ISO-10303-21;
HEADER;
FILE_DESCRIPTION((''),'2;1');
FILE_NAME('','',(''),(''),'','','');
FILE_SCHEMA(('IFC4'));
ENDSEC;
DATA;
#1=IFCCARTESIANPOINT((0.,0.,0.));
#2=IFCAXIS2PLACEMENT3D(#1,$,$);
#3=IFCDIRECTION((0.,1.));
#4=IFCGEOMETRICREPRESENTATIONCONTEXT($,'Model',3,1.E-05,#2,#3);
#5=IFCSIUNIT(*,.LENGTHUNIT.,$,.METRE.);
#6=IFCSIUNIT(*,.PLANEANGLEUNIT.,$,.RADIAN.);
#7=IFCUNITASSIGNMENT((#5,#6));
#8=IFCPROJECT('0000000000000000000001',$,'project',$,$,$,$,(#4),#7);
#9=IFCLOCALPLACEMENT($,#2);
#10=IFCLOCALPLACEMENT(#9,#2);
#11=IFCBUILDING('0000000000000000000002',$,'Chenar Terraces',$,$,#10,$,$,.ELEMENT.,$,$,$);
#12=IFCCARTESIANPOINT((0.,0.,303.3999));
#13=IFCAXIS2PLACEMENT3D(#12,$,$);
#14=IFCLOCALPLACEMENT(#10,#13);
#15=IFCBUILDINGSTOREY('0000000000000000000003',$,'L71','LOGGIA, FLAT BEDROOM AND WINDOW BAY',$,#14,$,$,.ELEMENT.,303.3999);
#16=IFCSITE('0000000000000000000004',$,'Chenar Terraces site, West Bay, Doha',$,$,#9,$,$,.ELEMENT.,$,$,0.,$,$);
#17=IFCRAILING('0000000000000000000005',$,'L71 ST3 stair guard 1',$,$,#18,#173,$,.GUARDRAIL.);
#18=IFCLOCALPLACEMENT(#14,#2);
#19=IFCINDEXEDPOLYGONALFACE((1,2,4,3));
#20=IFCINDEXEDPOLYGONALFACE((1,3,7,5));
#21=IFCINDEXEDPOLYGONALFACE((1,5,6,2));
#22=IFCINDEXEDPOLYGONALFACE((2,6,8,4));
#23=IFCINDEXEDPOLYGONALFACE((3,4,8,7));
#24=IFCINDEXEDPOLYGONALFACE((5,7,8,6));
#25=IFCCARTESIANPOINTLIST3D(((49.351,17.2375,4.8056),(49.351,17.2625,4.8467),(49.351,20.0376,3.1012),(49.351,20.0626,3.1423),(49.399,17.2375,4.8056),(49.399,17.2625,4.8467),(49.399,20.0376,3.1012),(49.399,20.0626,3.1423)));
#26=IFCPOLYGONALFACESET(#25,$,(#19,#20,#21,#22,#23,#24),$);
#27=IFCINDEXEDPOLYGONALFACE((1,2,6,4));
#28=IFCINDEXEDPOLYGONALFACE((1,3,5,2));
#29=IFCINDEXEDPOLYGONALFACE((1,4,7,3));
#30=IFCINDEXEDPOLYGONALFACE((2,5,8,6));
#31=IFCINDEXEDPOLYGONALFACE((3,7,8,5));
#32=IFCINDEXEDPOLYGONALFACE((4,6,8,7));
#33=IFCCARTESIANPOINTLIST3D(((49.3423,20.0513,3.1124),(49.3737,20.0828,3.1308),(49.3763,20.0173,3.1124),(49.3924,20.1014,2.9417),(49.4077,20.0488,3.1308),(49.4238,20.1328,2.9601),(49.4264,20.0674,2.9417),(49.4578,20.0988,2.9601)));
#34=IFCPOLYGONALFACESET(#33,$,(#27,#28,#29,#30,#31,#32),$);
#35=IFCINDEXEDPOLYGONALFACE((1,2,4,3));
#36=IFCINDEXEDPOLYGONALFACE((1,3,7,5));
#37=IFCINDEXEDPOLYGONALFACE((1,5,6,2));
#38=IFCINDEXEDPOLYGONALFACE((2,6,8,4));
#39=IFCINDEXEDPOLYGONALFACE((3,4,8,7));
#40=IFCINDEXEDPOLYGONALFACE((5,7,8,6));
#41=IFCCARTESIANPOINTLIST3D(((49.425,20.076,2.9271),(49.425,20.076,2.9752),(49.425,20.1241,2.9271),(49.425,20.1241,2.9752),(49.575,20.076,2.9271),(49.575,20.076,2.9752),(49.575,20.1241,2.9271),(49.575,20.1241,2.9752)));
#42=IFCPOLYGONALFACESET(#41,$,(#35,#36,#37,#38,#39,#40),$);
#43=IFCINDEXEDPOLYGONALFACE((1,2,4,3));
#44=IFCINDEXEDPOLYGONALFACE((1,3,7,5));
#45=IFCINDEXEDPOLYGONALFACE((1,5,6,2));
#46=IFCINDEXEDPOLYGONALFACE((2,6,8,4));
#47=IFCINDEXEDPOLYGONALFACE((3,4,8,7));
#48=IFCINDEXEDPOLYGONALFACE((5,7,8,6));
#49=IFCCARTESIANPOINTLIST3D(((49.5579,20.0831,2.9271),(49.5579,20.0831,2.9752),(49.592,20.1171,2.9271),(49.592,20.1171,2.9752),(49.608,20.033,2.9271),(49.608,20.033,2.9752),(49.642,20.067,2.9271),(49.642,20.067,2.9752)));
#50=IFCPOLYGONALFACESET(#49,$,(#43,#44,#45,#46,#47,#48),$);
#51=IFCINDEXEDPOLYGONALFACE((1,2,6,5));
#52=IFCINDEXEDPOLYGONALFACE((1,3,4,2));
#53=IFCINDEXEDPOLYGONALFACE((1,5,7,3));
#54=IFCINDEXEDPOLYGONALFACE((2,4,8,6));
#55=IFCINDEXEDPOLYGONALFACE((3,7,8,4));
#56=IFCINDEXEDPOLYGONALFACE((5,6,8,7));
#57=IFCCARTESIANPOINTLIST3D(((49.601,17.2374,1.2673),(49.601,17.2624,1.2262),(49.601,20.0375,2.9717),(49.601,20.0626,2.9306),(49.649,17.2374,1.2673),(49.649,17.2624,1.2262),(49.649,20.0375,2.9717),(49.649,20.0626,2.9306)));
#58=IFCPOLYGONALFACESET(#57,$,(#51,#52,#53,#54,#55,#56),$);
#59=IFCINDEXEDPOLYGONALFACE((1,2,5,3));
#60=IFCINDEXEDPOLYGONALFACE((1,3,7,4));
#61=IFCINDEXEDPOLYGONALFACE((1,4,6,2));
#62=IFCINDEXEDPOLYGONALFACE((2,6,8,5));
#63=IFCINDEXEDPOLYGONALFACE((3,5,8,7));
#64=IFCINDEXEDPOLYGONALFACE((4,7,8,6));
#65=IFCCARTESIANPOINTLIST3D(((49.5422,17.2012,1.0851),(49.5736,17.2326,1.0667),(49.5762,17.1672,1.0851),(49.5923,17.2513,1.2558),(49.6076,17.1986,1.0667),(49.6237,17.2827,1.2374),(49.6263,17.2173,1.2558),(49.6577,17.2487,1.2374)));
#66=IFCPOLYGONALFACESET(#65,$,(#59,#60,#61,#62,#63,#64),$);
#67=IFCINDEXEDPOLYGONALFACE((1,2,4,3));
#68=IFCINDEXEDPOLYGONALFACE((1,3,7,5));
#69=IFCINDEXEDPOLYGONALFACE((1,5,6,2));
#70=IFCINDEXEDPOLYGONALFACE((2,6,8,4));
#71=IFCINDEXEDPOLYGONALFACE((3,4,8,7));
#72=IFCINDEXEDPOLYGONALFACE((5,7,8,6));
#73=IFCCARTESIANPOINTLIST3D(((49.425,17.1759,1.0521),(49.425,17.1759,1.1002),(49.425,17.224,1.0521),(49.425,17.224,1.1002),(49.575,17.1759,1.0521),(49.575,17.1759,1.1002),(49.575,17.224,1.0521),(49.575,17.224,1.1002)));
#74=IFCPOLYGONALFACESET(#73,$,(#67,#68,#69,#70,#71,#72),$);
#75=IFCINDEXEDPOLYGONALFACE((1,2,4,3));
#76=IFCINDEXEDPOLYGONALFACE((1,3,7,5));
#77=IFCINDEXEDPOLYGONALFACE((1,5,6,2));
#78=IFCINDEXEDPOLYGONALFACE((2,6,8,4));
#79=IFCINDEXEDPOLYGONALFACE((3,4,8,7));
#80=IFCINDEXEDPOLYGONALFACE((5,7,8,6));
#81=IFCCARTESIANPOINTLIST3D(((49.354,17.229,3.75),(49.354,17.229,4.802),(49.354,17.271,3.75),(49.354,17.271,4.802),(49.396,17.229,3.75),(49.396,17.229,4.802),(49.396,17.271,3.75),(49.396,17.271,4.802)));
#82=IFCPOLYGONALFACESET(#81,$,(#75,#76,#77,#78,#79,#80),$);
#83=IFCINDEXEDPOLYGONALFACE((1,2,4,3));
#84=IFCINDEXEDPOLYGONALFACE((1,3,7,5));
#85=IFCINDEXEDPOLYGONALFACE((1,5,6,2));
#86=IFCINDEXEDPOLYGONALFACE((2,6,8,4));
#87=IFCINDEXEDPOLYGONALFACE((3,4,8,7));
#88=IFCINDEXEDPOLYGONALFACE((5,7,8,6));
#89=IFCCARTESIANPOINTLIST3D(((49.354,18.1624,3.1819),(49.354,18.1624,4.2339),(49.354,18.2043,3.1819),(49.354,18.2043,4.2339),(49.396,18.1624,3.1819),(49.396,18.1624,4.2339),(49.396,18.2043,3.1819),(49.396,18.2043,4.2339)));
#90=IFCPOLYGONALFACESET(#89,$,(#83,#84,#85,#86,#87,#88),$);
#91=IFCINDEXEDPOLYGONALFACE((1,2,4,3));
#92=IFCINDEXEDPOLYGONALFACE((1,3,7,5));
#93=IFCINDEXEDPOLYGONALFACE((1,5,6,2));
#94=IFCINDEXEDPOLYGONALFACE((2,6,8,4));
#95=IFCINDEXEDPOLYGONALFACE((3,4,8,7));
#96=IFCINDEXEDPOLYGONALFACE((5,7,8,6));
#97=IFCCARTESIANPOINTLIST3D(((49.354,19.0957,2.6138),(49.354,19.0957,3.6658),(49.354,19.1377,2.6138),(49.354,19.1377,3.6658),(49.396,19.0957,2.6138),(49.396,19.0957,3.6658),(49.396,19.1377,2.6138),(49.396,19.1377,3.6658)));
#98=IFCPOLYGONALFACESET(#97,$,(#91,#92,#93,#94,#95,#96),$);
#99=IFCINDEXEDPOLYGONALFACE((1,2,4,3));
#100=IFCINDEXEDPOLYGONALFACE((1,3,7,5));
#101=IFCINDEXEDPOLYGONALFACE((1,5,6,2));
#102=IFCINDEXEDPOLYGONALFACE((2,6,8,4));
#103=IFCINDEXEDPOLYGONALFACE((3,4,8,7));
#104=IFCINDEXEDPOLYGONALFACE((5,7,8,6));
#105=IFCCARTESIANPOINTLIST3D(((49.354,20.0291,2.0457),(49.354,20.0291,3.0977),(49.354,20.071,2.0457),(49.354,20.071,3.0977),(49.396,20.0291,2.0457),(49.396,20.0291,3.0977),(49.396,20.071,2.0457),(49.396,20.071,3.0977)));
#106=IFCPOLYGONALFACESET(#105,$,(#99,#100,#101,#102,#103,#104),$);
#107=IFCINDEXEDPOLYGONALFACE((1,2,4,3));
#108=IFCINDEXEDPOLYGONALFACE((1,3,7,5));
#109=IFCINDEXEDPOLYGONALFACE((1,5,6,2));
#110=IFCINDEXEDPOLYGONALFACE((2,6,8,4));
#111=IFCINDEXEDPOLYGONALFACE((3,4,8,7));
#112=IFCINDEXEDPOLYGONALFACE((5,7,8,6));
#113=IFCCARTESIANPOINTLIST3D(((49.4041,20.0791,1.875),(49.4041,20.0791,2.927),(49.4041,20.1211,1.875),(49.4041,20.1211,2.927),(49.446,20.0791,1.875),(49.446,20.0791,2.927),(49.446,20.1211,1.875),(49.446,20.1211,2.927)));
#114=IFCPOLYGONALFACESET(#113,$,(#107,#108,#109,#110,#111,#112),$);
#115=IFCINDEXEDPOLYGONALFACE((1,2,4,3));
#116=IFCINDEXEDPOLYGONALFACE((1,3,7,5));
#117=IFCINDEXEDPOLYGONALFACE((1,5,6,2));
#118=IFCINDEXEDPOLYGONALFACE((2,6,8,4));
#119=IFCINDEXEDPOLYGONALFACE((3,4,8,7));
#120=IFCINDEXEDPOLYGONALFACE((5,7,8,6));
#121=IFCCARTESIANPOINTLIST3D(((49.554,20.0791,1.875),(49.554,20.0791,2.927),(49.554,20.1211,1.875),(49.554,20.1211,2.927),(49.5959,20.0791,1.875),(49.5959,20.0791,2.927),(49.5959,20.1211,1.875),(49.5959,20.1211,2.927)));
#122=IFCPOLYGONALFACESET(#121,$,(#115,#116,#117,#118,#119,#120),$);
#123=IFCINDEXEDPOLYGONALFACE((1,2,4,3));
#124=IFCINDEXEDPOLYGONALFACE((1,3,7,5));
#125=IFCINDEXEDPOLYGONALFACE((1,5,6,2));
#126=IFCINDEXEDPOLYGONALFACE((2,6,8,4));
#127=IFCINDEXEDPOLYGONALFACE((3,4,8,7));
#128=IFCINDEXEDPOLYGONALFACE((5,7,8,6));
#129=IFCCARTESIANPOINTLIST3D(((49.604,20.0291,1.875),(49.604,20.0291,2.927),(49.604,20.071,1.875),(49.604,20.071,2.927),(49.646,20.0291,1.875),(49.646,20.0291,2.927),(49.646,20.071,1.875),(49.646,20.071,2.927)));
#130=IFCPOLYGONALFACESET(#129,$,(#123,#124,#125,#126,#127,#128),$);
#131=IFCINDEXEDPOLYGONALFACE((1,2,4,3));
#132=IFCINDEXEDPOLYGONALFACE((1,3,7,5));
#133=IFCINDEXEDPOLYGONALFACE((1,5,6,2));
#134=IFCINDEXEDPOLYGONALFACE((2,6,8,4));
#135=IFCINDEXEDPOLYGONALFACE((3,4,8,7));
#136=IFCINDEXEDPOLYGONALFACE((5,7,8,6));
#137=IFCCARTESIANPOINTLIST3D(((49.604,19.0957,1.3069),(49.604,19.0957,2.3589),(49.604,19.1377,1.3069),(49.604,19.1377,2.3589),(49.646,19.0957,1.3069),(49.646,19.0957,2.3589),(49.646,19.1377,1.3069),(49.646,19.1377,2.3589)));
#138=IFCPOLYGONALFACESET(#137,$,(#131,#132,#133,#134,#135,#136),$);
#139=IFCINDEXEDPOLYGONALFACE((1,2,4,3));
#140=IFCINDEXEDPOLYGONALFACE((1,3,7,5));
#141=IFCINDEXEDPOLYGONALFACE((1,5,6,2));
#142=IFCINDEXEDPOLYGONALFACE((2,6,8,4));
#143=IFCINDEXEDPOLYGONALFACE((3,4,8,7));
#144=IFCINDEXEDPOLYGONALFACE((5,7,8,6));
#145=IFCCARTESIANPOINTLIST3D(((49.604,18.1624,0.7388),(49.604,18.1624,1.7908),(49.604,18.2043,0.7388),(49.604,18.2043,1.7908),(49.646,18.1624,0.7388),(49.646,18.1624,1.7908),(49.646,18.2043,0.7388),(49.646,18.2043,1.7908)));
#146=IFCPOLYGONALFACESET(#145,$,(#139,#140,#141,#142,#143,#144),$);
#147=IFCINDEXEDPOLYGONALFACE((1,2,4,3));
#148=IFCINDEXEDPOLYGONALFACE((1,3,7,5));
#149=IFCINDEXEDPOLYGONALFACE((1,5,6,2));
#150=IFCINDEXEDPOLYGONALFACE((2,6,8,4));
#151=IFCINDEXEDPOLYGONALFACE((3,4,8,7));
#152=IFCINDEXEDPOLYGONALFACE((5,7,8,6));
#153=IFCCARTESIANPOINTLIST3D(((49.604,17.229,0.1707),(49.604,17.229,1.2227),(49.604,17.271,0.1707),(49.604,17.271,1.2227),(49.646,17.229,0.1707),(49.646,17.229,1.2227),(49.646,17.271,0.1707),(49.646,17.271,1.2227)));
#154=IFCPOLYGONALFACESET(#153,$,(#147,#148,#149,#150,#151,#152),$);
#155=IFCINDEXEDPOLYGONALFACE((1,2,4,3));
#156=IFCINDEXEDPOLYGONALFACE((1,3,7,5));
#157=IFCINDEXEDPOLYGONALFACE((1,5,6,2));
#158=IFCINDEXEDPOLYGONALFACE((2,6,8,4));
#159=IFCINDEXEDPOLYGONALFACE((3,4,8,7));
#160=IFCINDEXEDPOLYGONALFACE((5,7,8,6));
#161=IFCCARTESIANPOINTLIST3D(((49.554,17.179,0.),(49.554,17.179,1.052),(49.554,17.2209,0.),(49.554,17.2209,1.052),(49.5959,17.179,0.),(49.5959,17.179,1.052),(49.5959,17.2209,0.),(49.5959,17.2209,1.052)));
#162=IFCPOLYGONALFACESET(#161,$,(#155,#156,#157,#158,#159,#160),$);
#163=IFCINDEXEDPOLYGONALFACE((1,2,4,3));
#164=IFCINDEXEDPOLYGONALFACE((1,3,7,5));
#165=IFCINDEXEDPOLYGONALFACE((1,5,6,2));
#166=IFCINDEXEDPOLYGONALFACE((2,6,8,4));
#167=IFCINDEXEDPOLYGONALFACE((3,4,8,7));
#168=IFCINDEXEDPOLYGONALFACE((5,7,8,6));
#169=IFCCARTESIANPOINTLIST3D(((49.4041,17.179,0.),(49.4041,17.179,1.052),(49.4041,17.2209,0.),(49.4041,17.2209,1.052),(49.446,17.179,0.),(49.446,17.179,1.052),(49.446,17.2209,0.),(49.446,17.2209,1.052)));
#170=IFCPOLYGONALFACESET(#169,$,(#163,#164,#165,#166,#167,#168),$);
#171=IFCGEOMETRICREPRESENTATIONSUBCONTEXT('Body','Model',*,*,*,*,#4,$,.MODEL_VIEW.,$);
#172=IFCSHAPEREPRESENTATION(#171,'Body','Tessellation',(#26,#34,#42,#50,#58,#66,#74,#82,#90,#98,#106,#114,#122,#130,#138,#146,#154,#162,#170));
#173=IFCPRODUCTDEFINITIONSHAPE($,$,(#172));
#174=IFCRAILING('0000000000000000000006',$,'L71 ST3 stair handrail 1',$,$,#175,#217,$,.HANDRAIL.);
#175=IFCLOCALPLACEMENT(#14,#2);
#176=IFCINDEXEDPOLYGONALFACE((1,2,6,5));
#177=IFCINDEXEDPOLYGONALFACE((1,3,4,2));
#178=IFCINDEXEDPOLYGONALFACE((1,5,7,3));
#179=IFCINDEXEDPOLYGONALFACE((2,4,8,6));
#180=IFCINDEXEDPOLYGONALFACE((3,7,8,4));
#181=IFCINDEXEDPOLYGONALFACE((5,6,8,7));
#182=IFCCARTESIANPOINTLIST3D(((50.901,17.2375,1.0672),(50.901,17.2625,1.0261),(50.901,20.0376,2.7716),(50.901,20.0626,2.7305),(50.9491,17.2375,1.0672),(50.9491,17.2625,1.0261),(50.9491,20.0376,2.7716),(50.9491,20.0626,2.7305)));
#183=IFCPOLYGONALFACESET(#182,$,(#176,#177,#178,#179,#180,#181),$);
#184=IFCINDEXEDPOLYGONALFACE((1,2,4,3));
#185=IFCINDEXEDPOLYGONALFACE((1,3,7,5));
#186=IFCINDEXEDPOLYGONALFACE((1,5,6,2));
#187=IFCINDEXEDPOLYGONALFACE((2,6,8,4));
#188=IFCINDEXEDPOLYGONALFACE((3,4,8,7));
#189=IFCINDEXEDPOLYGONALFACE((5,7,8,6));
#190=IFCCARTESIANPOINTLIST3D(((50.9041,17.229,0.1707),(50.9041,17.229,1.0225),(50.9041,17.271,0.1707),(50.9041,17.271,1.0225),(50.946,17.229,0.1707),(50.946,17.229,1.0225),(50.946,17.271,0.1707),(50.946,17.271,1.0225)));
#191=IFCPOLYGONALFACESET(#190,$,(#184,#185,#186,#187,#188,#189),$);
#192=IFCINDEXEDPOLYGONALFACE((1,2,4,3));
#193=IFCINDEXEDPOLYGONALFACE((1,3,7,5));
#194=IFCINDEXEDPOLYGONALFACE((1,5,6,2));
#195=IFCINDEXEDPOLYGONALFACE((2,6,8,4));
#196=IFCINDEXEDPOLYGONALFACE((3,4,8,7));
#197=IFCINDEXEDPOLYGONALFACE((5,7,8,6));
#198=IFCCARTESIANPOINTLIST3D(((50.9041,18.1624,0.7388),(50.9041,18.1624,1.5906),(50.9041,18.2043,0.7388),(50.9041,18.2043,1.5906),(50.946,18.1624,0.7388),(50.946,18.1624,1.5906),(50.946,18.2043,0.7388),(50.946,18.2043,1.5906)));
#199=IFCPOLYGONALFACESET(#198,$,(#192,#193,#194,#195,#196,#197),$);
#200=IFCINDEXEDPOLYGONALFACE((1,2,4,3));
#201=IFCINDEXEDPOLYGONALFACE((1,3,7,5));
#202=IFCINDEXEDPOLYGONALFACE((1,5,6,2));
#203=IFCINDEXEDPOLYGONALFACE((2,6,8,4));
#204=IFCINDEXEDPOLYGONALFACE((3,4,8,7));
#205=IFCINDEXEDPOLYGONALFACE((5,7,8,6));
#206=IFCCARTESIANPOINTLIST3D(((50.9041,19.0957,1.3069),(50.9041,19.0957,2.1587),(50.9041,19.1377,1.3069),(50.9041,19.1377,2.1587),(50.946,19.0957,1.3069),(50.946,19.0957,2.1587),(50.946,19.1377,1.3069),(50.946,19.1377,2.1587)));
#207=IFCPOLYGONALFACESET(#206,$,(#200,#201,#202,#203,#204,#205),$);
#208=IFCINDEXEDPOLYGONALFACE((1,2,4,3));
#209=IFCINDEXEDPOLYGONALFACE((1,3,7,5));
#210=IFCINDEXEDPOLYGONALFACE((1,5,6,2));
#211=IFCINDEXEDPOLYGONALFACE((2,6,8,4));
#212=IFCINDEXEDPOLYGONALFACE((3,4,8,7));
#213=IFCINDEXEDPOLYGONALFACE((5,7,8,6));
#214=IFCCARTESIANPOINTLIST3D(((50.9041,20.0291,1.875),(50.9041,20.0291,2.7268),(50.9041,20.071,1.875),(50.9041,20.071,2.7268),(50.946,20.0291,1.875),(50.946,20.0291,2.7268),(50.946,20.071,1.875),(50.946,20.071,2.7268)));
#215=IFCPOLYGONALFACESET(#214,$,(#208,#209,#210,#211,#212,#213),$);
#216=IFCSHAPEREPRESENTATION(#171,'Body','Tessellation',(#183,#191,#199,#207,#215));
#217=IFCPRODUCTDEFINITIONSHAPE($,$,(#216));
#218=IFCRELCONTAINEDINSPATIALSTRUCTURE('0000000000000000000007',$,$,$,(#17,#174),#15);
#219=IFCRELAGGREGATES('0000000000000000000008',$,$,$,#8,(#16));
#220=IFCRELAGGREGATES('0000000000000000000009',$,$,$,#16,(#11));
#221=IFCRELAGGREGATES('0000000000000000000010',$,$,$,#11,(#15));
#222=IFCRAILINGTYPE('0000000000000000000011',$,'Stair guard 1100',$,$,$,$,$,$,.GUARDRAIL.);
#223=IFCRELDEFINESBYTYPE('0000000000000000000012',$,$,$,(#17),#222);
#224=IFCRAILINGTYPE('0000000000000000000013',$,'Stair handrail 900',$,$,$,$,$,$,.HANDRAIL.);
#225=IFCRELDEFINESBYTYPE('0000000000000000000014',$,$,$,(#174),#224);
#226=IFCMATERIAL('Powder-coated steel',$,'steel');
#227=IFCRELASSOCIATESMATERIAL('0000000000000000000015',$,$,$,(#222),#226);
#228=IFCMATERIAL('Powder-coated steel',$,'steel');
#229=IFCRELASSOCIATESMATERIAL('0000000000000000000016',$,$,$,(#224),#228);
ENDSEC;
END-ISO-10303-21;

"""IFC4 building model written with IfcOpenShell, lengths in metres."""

from ifc_helpers import new_model, si_unit, direction, frame, origin, origin_2d, place, context, subcontext, project, spatial, rectangle, extrude, material, type_object, element, save


model = new_model("IFC4")

# Units and contexts
model_context = context("Model", 3, precision=1e-05, world=origin(), true_north=direction((0.0, 1.0)))
body_context = subcontext(model_context, "Body", "Model", "MODEL_VIEW")
ifc_project = project(units=[si_unit("LENGTHUNIT", "METRE"), si_unit("PLANEANGLEUNIT", "RADIAN")], contexts=[model_context])

# Site, building, storey
site_placement = place(None, origin())
site = spatial("IfcSite", under=ifc_project, at=site_placement, Name="Chenar Terraces site, West Bay, Doha", CompositionType="ELEMENT", RefElevation=0.0)
building_placement = place(site_placement, origin())
building = spatial("IfcBuilding", under=site, at=building_placement, Name="Chenar Terraces", CompositionType="ELEMENT")
storey_placement = place(building_placement, frame((0.0, 0.0, 303.3999)))
storey = spatial("IfcBuildingStorey", under=building, at=storey_placement, Name="L71", Description="LOGGIA, FLAT BEDROOM AND WINDOW BAY", CompositionType="ELEMENT", Elevation=303.3999)

# Railings
ifc_material_1 = material(Name="Powder-coated steel", Category="steel")
railing_type_1 = type_object("IfcRailingType", Name="Stair guard 1100", PredefinedType="GUARDRAIL", material=ifc_material_1)
railing_1_placement = place(storey_placement, frame((49.375, 17.25, 3.75)))
element("IfcRailing", 1, at=railing_1_placement, inside=storey, type_object=railing_type_1, Name="L71 ST3 stair guard 1", PredefinedType="GUARDRAIL", context=body_context, shape_type="SweptSolid", body=[
    extrude(rectangle(XDim=0.0481, YDim=0.0481, at=origin_2d()), frame((0.0, 0.0, 1.0762), z_axis=(0.0, 0.854203, -0.51994), x_axis=(-1.0, 0.0, 0.0)), (0.0, 0.0, 1.0), 3.2781),
    extrude(rectangle(XDim=0.0481, YDim=0.0481, at=origin_2d()), frame((0.0, 2.8, -0.6284), z_axis=(0.2709, 0.2709, -0.923703), x_axis=(-0.707107, 0.707107, 0.0)), (0.0, 0.0, 1.0), 0.1848),
    extrude(rectangle(XDim=0.0481, YDim=0.0481, at=origin_2d()), frame((0.05, 2.8501, -0.7988), z_axis=(1.0, 0.0, 0.0), x_axis=(0.0, 1.0, 0.0)), (0.0, 0.0, 1.0), 0.1499),
    extrude(rectangle(XDim=0.0481, YDim=0.0481, at=origin_2d()), frame((0.2, 2.8501, -0.7988), z_axis=(0.707107, -0.707107, 0.0), x_axis=(0.707107, 0.707107, 0.0)), (0.0, 0.0, 1.0), 0.0708),
    extrude(rectangle(XDim=0.0481, YDim=0.0481, at=origin_2d()), frame((0.25, 2.8, -0.7988), z_axis=(0.0, -0.854203, -0.51994), x_axis=(1.0, 0.0, 0.0)), (0.0, 0.0, 1.0), 3.2781),
    extrude(rectangle(XDim=0.0481, YDim=0.0481, at=origin_2d()), frame((0.25, 0.0, -2.5034), z_axis=(-0.2709, -0.2709, -0.923703), x_axis=(0.707107, -0.707107, 0.0)), (0.0, 0.0, 1.0), 0.1848),
    extrude(rectangle(XDim=0.0481, YDim=0.0481, at=origin_2d()), frame((0.2, -0.05, -2.6738), z_axis=(-1.0, 0.0, 0.0), x_axis=(0.0, -1.0, 0.0)), (0.0, 0.0, 1.0), 0.1499),
    extrude(rectangle(XDim=0.042, YDim=0.042, at=origin_2d()), origin(), (0.0, 0.0, 1.0), 1.052),
    extrude(rectangle(XDim=0.042, YDim=0.042, at=origin_2d()), frame((0.0, 0.9333, -0.5681)), (0.0, 0.0, 1.0), 1.052),
    extrude(rectangle(XDim=0.042, YDim=0.042, at=origin_2d()), frame((0.0, 1.8667, -1.1362)), (0.0, 0.0, 1.0), 1.052),
    extrude(rectangle(XDim=0.042, YDim=0.042, at=origin_2d()), frame((0.0, 2.8, -1.7043)), (0.0, 0.0, 1.0), 1.052),
    extrude(rectangle(XDim=0.042, YDim=0.042, at=origin_2d()), frame((0.05, 2.8501, -1.875)), (0.0, 0.0, 1.0), 1.052),
    extrude(rectangle(XDim=0.042, YDim=0.042, at=origin_2d()), frame((0.2, 2.8501, -1.875)), (0.0, 0.0, 1.0), 1.052),
    extrude(rectangle(XDim=0.042, YDim=0.042, at=origin_2d()), frame((0.25, 2.8, -1.875)), (0.0, 0.0, 1.0), 1.052),
    extrude(rectangle(XDim=0.042, YDim=0.042, at=origin_2d()), frame((0.25, 1.8667, -2.4431)), (0.0, 0.0, 1.0), 1.052),
    extrude(rectangle(XDim=0.042, YDim=0.042, at=origin_2d()), frame((0.25, 0.9333, -3.0112)), (0.0, 0.0, 1.0), 1.052),
    extrude(rectangle(XDim=0.042, YDim=0.042, at=origin_2d()), frame((0.25, 0.0, -3.5793)), (0.0, 0.0, 1.0), 1.052),
    extrude(rectangle(XDim=0.042, YDim=0.042, at=origin_2d()), frame((0.2, -0.05, -3.75)), (0.0, 0.0, 1.0), 1.052),
    extrude(rectangle(XDim=0.042, YDim=0.042, at=origin_2d()), frame((0.05, -0.05, -3.75)), (0.0, 0.0, 1.0), 1.052),
])
ifc_material_2 = material(Name="Powder-coated steel", Category="steel")
railing_type_2 = type_object("IfcRailingType", Name="Stair handrail 900", PredefinedType="HANDRAIL", material=ifc_material_2)
railing_2_placement = place(storey_placement, frame((50.925, 17.25, 0.1707)))
element("IfcRailing", 2, at=railing_2_placement, inside=storey, type_object=railing_type_2, Name="L71 ST3 stair handrail 1", PredefinedType="HANDRAIL", context=body_context, shape_type="SweptSolid", body=[
    extrude(rectangle(XDim=0.0481, YDim=0.0481, at=origin_2d()), frame((0.0, 0.0, 0.876), z_axis=(0.0, 0.854203, 0.51994), x_axis=(-1.0, 0.0, 0.0)), (0.0, 0.0, 1.0), 3.2781),
    extrude(rectangle(XDim=0.042, YDim=0.042, at=origin_2d()), origin(), (0.0, 0.0, 1.0), 0.8518),
    extrude(rectangle(XDim=0.042, YDim=0.042, at=origin_2d()), frame((0.0, 0.9333, 0.5681)), (0.0, 0.0, 1.0), 0.8518),
    extrude(rectangle(XDim=0.042, YDim=0.042, at=origin_2d()), frame((0.0, 1.8667, 1.1362)), (0.0, 0.0, 1.0), 0.8518),
    extrude(rectangle(XDim=0.042, YDim=0.042, at=origin_2d()), frame((0.0, 2.8, 1.7043)), (0.0, 0.0, 1.0), 0.8518),
])

save(model, "model.ifc")
